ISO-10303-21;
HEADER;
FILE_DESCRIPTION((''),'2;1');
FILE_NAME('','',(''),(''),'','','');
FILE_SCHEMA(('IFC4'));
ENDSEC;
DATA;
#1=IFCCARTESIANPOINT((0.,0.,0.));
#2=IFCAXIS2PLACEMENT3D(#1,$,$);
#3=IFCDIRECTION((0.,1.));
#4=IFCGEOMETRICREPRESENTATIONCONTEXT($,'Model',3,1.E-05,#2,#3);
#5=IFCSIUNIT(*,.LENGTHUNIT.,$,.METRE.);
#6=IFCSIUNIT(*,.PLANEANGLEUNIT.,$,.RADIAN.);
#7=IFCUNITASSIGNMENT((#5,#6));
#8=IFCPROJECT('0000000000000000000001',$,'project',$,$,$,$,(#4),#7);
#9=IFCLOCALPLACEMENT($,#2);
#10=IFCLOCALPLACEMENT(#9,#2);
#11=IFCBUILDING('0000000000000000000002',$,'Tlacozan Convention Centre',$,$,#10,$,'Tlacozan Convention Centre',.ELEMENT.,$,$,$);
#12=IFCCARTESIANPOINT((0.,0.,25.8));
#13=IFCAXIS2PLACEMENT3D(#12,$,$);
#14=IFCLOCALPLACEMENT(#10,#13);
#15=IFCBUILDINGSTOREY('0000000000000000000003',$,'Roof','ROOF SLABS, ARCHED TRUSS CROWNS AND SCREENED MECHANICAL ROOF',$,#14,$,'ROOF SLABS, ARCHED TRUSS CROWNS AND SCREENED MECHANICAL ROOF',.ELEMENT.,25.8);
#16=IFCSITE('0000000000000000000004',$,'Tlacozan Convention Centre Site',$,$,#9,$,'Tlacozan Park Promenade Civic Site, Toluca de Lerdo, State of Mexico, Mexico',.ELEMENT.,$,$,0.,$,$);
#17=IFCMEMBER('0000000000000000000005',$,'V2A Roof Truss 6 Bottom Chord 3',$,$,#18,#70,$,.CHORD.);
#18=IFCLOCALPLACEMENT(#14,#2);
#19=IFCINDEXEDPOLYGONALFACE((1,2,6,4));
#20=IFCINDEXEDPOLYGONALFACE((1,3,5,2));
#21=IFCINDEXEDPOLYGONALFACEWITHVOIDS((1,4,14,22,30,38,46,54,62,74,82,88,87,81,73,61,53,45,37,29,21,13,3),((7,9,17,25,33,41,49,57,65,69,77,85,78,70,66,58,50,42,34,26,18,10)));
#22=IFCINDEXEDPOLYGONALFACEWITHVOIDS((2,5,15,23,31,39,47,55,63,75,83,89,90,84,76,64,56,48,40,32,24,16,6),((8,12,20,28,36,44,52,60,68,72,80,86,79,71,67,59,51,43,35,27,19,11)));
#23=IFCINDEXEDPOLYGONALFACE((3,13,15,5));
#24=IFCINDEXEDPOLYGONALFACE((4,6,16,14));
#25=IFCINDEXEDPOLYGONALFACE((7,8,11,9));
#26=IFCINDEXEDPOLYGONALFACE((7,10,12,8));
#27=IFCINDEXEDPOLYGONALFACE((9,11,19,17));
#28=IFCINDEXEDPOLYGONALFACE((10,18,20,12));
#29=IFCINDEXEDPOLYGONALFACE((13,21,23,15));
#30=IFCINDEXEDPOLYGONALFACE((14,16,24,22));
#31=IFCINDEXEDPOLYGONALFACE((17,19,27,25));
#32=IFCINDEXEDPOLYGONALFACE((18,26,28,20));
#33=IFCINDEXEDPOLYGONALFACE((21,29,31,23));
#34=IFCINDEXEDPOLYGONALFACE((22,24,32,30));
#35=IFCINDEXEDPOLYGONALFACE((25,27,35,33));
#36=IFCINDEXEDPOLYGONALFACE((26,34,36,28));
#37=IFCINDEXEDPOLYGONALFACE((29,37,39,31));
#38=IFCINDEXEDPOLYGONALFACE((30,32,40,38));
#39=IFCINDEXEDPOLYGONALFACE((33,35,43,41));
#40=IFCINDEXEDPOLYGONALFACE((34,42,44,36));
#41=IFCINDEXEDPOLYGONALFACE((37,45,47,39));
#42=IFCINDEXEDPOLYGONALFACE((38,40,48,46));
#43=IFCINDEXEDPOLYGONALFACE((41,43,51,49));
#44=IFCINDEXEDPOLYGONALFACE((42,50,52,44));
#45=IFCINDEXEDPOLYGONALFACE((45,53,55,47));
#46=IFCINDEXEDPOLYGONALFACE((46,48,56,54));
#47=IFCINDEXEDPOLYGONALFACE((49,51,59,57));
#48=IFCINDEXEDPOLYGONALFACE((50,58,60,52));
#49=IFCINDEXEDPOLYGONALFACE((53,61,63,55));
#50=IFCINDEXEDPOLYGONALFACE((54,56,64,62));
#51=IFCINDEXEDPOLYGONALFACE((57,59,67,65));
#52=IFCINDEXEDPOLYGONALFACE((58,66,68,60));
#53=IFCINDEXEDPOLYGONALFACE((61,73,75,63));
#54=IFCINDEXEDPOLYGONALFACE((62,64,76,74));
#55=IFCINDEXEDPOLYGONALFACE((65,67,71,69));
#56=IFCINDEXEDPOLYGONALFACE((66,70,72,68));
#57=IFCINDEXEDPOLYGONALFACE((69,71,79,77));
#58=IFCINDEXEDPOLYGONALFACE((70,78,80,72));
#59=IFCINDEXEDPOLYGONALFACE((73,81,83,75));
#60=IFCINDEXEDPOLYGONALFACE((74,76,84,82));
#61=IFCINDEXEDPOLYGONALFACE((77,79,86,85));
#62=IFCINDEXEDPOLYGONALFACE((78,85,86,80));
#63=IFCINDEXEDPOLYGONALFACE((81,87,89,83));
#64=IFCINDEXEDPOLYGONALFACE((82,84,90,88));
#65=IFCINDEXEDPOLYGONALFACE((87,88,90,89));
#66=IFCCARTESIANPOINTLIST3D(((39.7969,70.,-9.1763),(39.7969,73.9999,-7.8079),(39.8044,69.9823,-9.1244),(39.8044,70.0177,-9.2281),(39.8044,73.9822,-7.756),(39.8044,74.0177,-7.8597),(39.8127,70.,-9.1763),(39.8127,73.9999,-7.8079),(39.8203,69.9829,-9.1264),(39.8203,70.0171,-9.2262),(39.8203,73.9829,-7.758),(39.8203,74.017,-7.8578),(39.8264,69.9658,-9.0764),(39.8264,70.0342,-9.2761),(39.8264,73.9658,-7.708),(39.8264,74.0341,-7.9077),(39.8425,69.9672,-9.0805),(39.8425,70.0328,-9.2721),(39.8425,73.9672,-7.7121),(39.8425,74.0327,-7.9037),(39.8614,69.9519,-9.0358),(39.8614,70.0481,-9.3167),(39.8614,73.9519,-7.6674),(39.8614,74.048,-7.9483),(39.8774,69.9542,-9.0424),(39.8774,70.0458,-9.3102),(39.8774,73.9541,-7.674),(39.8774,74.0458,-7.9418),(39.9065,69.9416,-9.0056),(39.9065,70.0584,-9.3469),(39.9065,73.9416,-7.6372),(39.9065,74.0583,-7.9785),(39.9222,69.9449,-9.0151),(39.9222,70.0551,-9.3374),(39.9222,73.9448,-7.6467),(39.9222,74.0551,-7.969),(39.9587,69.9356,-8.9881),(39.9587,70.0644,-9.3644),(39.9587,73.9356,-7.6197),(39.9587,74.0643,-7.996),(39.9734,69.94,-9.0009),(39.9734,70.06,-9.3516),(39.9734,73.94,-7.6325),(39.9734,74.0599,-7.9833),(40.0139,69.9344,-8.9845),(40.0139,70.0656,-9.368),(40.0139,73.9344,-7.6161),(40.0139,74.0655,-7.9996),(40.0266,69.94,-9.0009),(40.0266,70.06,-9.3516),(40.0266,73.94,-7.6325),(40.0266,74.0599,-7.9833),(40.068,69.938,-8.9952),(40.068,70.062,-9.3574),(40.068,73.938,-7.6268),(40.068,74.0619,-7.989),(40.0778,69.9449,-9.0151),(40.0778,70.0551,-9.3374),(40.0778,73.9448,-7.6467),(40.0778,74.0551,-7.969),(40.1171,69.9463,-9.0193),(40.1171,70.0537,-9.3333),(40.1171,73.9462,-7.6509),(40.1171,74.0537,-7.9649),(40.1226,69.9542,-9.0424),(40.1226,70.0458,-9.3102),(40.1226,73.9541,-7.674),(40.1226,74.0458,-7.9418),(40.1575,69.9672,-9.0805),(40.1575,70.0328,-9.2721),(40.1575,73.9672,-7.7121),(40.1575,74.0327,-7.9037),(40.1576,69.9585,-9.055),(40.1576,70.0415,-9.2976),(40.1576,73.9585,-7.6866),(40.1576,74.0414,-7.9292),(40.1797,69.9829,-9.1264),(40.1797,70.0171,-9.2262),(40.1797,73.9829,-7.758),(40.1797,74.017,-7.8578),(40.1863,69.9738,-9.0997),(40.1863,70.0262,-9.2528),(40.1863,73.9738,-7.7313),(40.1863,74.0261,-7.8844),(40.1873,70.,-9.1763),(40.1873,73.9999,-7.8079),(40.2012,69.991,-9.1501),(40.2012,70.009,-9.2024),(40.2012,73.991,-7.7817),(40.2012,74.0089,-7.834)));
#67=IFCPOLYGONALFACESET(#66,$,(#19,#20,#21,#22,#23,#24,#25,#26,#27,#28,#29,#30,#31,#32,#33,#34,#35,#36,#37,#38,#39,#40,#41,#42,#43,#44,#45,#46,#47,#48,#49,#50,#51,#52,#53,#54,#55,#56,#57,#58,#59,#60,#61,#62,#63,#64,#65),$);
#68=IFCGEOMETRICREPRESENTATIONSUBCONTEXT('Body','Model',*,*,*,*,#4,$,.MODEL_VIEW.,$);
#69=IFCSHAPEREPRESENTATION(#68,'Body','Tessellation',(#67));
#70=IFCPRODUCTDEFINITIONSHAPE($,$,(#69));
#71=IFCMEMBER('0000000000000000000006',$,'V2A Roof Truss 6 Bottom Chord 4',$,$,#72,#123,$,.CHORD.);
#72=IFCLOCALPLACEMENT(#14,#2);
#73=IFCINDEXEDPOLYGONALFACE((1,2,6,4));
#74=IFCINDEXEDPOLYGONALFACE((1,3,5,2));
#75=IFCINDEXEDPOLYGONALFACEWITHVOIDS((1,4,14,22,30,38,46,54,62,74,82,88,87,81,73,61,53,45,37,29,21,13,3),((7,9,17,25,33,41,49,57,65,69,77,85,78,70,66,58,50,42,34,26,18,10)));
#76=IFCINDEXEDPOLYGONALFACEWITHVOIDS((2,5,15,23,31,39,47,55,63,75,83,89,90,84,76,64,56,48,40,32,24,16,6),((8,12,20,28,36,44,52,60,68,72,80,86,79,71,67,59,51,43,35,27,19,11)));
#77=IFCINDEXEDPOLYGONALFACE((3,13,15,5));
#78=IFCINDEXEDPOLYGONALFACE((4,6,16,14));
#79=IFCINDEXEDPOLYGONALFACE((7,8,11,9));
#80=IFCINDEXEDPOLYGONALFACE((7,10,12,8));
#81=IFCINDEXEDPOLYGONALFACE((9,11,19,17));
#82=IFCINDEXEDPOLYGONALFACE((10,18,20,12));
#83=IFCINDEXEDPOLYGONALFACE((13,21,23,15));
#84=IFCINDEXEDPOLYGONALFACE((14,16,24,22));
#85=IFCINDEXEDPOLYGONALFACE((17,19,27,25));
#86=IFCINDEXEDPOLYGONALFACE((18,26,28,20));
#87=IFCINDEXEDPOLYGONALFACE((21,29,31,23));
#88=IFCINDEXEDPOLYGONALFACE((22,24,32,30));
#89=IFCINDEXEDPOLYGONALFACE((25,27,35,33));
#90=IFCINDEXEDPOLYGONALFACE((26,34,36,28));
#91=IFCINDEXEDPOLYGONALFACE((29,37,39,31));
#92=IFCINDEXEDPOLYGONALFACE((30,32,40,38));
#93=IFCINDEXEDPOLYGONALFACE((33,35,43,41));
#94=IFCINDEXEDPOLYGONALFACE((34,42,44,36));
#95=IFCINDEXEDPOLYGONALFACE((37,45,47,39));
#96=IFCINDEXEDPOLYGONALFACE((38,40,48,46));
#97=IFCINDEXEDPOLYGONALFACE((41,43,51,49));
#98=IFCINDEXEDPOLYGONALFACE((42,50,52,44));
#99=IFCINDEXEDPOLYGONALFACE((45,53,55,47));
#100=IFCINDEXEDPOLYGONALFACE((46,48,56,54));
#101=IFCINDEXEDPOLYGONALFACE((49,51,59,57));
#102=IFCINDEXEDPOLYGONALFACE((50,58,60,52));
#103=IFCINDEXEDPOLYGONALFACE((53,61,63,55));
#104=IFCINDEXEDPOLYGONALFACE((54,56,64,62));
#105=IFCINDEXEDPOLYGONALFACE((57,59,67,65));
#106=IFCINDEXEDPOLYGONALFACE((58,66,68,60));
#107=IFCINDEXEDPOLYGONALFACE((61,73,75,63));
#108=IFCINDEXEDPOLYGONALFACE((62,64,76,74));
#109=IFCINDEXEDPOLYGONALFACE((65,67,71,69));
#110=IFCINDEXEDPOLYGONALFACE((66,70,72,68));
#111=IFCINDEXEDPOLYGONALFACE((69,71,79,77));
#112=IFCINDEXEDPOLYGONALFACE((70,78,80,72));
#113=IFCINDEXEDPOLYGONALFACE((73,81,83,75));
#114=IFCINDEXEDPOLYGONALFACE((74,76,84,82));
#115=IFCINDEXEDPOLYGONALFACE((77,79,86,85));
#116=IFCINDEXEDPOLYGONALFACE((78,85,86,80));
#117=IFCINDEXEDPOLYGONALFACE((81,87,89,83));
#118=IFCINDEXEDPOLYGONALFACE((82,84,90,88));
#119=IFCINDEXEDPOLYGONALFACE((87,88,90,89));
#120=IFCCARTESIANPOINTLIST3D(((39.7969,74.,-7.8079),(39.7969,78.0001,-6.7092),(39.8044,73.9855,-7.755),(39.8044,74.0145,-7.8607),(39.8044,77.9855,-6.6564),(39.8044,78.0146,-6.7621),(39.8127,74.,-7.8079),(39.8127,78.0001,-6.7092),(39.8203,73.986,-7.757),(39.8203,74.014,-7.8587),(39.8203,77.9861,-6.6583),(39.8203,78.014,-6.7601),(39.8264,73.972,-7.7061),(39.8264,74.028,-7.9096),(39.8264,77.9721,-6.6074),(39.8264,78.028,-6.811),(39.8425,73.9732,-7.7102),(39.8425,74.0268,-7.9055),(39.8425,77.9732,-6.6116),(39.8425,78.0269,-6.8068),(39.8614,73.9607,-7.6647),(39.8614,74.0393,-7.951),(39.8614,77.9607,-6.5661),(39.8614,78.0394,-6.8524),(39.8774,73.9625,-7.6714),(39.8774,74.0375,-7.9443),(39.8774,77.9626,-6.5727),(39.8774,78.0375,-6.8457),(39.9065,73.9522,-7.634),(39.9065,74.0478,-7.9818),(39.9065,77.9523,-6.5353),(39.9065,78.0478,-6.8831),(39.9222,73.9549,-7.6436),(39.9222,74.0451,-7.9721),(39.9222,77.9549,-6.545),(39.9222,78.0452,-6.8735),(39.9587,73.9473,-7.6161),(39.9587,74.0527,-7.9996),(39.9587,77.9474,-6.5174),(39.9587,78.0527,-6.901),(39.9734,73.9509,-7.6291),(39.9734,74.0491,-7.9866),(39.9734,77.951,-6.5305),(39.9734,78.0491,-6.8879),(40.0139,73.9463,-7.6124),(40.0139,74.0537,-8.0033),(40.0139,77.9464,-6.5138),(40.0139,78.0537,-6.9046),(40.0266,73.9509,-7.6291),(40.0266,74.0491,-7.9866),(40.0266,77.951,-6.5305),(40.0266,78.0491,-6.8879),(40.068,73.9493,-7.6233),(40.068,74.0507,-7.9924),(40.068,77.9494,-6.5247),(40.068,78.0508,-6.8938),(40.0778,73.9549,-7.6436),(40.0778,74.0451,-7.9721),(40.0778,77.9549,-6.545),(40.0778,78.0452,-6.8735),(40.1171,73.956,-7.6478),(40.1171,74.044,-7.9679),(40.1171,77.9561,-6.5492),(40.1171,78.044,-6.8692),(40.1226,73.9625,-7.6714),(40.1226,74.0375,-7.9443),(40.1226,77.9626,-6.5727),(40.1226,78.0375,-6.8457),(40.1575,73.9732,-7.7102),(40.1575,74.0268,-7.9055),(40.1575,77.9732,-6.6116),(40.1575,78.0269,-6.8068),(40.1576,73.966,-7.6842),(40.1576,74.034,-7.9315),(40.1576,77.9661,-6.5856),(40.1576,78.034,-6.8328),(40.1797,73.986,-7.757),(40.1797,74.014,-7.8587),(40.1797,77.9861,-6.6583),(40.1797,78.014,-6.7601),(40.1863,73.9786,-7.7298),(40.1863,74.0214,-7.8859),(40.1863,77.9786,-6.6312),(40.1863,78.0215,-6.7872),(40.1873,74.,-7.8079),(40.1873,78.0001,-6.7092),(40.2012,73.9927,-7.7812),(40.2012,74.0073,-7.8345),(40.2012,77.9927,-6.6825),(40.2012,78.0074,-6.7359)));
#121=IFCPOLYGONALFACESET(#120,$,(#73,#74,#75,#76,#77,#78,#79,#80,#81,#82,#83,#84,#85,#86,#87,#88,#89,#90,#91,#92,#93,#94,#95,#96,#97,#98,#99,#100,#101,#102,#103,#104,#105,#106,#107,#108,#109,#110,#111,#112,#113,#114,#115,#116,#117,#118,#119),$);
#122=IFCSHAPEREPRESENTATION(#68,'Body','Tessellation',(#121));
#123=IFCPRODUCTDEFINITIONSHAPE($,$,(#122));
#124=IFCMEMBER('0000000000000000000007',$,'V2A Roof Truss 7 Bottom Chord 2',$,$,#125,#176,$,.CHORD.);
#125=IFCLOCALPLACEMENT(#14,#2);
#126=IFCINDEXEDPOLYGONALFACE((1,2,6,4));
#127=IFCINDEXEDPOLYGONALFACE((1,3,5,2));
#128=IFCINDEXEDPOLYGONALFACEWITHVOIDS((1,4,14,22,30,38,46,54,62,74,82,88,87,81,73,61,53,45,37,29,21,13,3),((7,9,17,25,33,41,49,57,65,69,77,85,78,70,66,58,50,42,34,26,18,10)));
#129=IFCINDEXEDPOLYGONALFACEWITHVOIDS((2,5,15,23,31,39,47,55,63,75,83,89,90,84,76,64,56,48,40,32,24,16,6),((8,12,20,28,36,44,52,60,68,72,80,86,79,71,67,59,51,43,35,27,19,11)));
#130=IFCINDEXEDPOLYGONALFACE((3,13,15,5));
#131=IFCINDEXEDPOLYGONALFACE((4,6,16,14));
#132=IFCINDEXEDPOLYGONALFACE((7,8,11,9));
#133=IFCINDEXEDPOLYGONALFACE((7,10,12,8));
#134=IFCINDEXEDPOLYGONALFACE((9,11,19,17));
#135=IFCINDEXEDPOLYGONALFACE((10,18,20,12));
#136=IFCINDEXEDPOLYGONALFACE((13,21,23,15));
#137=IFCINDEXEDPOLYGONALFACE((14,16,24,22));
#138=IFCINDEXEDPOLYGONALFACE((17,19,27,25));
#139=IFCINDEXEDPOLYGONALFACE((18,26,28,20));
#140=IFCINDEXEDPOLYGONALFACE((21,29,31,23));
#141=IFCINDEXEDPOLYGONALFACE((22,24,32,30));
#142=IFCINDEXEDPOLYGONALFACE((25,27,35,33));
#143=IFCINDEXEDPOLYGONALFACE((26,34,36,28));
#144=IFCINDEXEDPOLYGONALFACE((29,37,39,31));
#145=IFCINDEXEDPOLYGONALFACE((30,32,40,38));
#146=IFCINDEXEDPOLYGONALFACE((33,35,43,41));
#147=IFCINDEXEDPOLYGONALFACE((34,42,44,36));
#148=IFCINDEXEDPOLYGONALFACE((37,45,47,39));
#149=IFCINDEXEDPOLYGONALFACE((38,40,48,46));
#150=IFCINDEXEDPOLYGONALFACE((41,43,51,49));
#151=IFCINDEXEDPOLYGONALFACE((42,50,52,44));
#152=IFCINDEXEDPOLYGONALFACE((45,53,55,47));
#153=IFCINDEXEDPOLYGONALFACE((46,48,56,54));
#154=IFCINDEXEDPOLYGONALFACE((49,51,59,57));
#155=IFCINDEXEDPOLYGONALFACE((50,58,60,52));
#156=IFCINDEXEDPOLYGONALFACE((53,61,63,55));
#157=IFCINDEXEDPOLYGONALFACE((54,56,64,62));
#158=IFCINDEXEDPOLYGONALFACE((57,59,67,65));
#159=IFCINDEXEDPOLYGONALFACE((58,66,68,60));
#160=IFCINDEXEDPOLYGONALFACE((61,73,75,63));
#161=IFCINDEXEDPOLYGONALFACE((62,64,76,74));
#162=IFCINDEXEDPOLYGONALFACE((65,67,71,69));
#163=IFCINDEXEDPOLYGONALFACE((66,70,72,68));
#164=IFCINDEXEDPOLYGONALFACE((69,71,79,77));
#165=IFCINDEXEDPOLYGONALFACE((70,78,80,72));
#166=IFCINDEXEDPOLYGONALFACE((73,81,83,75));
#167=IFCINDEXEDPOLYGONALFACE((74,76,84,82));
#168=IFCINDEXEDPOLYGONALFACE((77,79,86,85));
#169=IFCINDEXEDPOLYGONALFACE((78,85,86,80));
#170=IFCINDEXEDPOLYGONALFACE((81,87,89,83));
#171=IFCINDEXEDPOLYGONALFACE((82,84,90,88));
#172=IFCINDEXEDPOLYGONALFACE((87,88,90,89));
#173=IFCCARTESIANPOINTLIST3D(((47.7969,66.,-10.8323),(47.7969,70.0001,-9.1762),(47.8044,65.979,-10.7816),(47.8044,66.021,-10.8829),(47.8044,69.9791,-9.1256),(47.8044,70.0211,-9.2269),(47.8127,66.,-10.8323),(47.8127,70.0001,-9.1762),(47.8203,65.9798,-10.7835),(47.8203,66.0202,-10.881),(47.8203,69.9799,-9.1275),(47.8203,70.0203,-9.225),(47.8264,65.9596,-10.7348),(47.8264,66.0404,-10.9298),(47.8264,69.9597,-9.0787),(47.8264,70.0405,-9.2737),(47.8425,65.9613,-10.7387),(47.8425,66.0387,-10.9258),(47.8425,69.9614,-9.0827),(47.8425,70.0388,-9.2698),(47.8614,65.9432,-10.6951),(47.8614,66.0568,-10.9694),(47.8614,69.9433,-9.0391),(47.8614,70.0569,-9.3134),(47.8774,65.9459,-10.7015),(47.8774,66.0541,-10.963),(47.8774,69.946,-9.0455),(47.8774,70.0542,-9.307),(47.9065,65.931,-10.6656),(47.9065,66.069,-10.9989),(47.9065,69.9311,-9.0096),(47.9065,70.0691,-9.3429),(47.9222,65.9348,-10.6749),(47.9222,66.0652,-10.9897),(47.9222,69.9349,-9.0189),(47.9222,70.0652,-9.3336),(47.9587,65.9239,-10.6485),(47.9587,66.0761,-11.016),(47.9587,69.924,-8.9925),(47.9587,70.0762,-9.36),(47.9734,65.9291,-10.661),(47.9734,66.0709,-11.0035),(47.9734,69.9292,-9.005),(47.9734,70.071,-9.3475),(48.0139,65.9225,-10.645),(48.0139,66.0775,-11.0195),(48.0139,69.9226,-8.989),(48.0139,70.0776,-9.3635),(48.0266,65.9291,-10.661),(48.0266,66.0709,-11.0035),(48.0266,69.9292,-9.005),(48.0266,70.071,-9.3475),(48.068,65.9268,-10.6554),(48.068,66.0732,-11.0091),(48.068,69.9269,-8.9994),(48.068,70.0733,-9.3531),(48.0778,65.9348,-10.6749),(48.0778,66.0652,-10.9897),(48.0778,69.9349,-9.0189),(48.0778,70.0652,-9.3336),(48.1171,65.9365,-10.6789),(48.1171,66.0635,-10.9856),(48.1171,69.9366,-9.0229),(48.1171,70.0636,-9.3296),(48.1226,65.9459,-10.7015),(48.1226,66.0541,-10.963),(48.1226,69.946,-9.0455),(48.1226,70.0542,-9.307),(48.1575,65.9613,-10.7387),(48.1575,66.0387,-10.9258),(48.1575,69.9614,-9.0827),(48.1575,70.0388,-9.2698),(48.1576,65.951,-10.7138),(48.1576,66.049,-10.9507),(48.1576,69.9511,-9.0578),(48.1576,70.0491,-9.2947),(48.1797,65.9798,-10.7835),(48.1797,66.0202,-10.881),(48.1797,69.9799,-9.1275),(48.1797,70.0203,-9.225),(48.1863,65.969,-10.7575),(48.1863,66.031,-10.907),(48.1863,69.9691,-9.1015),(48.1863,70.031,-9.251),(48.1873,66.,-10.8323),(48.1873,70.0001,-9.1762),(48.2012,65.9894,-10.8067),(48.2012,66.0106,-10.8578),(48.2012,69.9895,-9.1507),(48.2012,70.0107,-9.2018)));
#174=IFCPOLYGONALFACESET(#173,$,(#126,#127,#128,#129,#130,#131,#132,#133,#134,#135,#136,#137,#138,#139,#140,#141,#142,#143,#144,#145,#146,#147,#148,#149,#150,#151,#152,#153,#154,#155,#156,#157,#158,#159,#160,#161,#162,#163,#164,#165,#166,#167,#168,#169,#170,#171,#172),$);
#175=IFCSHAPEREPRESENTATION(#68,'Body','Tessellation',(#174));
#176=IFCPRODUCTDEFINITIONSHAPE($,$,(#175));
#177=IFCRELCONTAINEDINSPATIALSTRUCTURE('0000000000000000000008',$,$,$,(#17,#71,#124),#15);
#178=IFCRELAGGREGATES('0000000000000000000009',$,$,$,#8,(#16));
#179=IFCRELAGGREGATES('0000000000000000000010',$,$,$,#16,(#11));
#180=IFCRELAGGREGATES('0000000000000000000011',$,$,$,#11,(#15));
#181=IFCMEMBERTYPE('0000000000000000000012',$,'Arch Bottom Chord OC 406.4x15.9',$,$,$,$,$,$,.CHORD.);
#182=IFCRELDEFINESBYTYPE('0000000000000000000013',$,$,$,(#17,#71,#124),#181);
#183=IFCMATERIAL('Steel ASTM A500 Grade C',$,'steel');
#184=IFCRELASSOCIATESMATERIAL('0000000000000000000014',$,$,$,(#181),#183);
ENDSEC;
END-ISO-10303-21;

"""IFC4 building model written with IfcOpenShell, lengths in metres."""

from ifc_helpers import new_model, si_unit, direction, frame, origin, origin_2d, place, context, subcontext, project, spatial, hollow_circle, extrude, material, material_profile, profile_set, type_object, element, save


model = new_model("IFC4")

# Units and contexts
model_context = context("Model", 3, precision=1e-05, world=origin(), true_north=direction((0.0, 1.0)))
body_context = subcontext(model_context, "Body", "Model", "MODEL_VIEW")
ifc_project = project(units=[si_unit("LENGTHUNIT", "METRE"), si_unit("PLANEANGLEUNIT", "RADIAN")], contexts=[model_context])

# Site, building, storey
site_placement = place(None, origin())
site = spatial("IfcSite", under=ifc_project, at=site_placement, Name="Tlacozan Convention Centre Site", LongName="Tlacozan Park Promenade Civic Site, Toluca de Lerdo, State of Mexico, Mexico", CompositionType="ELEMENT", RefElevation=0.0)
building_placement = place(site_placement, origin())
building = spatial("IfcBuilding", under=site, at=building_placement, Name="Tlacozan Convention Centre", LongName="Tlacozan Convention Centre", CompositionType="ELEMENT")
storey_placement = place(building_placement, frame((0.0, 0.0, 25.8)))
storey = spatial("IfcBuildingStorey", under=building, at=storey_placement, Name="Roof", Description="ROOF SLABS, ARCHED TRUSS CROWNS AND SCREENED MECHANICAL ROOF", LongName="ROOF SLABS, ARCHED TRUSS CROWNS AND SCREENED MECHANICAL ROOF", CompositionType="ELEMENT", Elevation=25.8)

# Members
ifc_material_1 = material(Name="Steel ASTM A500 Grade C", Category="steel")
ifc_material_profile_1 = material_profile(ifc_material_1, hollow_circle(Radius=0.2031, WallThickness=0.0159, at=origin_2d()), Name="OC 406.4x15.9")
ifc_profile_set_1 = profile_set([ifc_material_profile_1], Name="Steel ASTM A500 Grade C")
member_type_1 = type_object("IfcMemberType", Name="Arch Bottom Chord OC 406.4x15.9", PredefinedType="CHORD", material=ifc_profile_set_1)
member_1_placement = place(storey_placement, frame((40.0, 70.0, -9.1763), z_axis=(0.0, 0.946165, 0.323685), x_axis=(-1.0, 0.0, 0.0)))
element("IfcMember", 1, at=member_1_placement, inside=storey, type_object=member_type_1, Name="V2A Roof Truss 6 Bottom Chord 3", PredefinedType="CHORD", context=body_context, shape_type="SweptSolid", body=[
    extrude(hollow_circle(Radius=0.2031, WallThickness=0.0159, at=origin_2d()), origin(), (0.0, 0.0, 1.0), 4.2275),
])
member_2_placement = place(storey_placement, frame((40.0, 74.0, -7.8079), z_axis=(0.0, 0.96429, 0.26485), x_axis=(-1.0, 0.0, 0.0)))
element("IfcMember", 2, at=member_2_placement, inside=storey, type_object=member_type_1, Name="V2A Roof Truss 6 Bottom Chord 4", PredefinedType="CHORD", context=body_context, shape_type="SweptSolid", body=[
    extrude(hollow_circle(Radius=0.2031, WallThickness=0.0159, at=origin_2d()), origin(), (0.0, 0.0, 1.0), 4.1482),
])
member_3_placement = place(storey_placement, frame((48.0, 66.0, -10.8323), z_axis=(0.0, 0.923949, 0.382516), x_axis=(-1.0, 0.0, 0.0)))
element("IfcMember", 3, at=member_3_placement, inside=storey, type_object=member_type_1, Name="V2A Roof Truss 7 Bottom Chord 2", PredefinedType="CHORD", context=body_context, shape_type="SweptSolid", body=[
    extrude(hollow_circle(Radius=0.2031, WallThickness=0.0159, at=origin_2d()), origin(), (0.0, 0.0, 1.0), 4.3293),
])

save(model, "model.ifc")
